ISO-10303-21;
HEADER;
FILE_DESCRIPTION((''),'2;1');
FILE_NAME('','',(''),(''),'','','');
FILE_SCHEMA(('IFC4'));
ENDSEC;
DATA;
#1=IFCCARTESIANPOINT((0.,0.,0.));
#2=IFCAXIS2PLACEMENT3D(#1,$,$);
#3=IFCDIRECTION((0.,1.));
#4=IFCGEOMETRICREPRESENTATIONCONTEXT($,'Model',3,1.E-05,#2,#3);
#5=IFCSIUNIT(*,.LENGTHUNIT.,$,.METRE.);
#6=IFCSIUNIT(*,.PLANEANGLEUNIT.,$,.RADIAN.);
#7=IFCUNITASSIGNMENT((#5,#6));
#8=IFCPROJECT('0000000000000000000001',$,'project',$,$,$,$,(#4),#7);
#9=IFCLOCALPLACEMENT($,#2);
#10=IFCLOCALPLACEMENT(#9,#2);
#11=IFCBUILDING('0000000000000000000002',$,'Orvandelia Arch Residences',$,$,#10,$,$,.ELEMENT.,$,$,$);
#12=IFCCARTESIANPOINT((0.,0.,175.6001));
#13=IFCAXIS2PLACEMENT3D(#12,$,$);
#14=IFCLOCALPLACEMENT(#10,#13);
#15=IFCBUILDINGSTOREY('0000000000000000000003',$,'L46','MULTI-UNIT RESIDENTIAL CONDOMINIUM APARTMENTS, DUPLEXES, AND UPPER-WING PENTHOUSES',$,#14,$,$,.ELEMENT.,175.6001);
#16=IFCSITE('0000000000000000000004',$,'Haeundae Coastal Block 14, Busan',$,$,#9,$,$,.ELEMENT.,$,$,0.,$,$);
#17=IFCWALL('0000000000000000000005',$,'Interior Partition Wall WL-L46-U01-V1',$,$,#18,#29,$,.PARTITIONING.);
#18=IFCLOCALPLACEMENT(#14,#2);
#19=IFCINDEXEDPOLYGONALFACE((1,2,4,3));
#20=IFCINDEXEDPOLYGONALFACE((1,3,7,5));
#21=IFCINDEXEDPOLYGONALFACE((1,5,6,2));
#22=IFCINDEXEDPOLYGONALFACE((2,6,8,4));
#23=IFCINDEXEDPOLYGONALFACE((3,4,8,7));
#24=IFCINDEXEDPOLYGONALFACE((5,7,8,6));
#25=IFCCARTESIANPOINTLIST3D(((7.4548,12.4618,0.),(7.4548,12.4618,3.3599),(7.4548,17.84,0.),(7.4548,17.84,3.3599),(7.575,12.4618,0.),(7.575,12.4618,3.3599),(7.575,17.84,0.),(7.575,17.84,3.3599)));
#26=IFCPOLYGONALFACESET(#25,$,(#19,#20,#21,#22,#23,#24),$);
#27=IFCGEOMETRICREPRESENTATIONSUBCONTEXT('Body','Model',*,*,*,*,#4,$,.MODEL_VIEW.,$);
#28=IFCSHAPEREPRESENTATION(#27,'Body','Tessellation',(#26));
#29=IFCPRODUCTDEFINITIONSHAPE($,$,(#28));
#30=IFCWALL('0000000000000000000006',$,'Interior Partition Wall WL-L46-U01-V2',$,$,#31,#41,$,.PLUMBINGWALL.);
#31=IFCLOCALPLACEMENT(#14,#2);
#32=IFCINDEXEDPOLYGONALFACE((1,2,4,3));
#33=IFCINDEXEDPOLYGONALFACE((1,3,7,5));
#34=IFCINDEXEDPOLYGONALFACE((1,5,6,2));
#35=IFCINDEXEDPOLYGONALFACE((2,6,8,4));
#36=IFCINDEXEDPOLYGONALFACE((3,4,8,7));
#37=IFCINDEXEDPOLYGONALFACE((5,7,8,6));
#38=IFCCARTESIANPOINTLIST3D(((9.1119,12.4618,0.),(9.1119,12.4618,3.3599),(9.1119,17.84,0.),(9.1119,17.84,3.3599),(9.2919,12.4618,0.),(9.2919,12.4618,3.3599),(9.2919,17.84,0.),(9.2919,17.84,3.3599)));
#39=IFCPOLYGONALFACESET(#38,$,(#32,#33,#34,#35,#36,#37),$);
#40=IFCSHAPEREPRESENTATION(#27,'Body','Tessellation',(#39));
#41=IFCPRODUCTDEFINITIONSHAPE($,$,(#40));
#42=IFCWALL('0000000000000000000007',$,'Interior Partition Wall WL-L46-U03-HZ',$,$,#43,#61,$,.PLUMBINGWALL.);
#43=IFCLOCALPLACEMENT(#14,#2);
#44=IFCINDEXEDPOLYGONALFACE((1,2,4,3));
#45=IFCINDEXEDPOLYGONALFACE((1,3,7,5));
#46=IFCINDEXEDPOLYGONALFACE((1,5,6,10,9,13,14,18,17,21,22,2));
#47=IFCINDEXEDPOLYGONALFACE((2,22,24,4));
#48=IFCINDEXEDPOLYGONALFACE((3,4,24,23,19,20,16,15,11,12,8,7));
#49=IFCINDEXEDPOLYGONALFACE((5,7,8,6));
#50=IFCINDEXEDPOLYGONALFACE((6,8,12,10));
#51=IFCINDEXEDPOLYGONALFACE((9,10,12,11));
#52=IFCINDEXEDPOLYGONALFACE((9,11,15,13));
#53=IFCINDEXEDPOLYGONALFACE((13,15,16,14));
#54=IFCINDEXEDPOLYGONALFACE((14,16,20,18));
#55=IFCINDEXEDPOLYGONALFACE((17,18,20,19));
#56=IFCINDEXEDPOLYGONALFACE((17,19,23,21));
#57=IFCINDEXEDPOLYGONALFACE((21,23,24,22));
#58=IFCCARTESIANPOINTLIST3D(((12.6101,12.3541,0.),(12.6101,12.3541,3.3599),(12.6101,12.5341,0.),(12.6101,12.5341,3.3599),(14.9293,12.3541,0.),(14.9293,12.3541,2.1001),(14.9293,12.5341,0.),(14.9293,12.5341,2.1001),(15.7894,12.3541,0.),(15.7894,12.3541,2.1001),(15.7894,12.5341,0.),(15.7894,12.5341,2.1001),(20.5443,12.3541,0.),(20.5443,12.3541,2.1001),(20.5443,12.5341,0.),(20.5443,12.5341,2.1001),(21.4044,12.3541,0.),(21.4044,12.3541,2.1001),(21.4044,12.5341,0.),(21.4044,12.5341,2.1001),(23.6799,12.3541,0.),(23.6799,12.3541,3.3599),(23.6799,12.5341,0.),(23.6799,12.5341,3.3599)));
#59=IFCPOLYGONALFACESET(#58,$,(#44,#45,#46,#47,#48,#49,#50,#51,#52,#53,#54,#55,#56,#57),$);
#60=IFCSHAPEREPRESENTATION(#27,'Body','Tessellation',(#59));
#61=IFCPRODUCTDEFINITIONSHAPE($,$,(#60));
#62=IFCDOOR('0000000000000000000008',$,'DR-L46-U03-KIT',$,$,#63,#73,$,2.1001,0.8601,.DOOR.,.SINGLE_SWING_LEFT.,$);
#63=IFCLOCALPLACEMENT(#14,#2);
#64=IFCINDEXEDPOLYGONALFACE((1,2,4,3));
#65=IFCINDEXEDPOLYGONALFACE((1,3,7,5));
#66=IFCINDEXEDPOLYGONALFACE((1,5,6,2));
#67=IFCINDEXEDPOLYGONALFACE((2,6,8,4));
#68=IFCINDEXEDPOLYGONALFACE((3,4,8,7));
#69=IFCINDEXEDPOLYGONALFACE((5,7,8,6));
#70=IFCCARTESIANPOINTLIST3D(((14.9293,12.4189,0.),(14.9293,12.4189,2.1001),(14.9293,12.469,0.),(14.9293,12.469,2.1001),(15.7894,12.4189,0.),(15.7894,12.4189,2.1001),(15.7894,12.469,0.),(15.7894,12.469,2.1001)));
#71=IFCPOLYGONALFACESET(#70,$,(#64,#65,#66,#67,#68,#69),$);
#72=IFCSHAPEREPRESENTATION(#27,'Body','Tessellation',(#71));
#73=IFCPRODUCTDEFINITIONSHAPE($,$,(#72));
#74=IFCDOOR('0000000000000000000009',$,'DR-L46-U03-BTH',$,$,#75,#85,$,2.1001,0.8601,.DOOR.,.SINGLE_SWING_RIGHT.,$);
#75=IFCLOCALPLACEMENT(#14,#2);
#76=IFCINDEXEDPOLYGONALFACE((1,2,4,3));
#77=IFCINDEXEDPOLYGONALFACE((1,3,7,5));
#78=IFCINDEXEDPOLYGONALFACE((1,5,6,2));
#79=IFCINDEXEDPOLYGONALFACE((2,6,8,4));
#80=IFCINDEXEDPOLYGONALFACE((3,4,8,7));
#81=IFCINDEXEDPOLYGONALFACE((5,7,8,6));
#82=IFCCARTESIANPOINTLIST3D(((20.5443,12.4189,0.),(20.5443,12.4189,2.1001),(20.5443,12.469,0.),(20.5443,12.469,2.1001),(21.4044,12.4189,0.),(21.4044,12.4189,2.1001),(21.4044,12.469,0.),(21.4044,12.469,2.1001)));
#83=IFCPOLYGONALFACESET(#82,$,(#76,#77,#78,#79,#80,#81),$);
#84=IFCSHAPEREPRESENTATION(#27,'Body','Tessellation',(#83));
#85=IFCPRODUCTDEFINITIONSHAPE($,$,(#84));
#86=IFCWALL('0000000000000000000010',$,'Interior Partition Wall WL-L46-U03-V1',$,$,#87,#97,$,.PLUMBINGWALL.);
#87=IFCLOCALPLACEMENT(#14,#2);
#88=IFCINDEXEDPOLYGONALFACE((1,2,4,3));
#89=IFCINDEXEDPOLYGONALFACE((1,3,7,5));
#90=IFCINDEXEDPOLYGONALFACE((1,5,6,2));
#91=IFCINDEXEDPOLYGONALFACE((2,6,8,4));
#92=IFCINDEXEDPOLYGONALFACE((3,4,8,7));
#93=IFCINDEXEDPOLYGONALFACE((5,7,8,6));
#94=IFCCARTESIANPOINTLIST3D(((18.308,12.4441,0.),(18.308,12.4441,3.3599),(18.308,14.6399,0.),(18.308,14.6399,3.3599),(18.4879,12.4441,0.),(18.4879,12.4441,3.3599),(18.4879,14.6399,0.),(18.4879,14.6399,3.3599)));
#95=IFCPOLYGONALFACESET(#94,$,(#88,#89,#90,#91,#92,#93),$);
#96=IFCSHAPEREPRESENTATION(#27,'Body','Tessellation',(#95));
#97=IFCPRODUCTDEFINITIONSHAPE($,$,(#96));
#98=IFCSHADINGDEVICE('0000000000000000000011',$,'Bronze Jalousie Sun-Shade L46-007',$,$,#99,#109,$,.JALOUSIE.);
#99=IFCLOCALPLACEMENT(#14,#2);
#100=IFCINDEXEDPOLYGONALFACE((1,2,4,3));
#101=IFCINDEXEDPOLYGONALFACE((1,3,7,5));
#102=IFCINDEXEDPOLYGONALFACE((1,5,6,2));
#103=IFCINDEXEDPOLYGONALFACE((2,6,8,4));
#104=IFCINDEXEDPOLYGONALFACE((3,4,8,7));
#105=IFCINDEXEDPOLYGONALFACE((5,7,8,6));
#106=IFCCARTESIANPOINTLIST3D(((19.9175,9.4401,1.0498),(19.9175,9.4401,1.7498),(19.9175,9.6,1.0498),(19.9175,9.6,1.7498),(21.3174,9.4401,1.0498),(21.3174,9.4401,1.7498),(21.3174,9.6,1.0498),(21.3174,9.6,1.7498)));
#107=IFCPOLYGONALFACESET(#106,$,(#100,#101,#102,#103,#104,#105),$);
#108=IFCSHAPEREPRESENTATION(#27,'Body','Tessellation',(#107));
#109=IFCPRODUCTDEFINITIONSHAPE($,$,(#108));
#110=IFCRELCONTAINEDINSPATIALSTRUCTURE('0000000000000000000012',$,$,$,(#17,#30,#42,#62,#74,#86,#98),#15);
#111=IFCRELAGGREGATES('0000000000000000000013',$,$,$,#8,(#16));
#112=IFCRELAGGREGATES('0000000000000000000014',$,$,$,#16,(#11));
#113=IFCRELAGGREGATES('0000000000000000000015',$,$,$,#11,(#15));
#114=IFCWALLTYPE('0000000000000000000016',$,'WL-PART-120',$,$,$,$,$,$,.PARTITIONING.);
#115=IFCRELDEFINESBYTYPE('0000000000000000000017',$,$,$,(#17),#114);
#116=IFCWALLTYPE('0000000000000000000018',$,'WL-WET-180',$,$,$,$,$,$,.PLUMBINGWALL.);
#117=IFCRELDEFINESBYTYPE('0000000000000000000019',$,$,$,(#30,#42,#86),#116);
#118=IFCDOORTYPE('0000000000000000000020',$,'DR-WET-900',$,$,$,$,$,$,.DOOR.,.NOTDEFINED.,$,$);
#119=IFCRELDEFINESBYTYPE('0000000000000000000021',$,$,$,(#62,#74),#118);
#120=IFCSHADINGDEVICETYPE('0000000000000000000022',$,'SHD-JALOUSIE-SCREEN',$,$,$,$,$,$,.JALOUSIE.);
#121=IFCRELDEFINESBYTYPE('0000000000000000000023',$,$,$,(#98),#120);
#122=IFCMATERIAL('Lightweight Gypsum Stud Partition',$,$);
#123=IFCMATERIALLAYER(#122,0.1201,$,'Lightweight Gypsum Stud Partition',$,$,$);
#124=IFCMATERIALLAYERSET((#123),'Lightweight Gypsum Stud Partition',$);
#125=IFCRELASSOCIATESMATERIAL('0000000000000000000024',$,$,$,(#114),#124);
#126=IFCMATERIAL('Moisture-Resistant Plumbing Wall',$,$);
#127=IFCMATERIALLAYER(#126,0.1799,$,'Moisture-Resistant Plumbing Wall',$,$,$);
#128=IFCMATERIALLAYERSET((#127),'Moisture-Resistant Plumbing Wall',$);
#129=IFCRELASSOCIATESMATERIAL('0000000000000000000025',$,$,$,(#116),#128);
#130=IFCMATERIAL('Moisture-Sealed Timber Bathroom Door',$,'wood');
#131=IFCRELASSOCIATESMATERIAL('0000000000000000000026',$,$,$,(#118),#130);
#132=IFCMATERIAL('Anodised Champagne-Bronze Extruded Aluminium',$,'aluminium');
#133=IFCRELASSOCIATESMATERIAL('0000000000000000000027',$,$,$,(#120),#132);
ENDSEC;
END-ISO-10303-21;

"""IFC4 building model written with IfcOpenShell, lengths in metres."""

from ifc_helpers import new_model, si_unit, direction, frame, frame_2d, origin, origin_2d, place, context, subcontext, project, spatial, rectangle, extrude, material, layer, layer_set, type_object, element, fill, save


model = new_model("IFC4")

# Units and contexts
model_context = context("Model", 3, precision=1e-05, world=origin(), true_north=direction((0.0, 1.0)))
body_context = subcontext(model_context, "Body", "Model", "MODEL_VIEW")
ifc_project = project(units=[si_unit("LENGTHUNIT", "METRE"), si_unit("PLANEANGLEUNIT", "RADIAN")], contexts=[model_context])

# Site, building, storey
site_placement = place(None, origin())
site = spatial("IfcSite", under=ifc_project, at=site_placement, Name="Haeundae Coastal Block 14, Busan", CompositionType="ELEMENT", RefElevation=0.0)
building_placement = place(site_placement, origin())
building = spatial("IfcBuilding", under=site, at=building_placement, Name="Orvandelia Arch Residences", CompositionType="ELEMENT")
storey_placement = place(building_placement, frame((0.0, 0.0, 175.6001)))
storey = spatial("IfcBuildingStorey", under=building, at=storey_placement, Name="L46", Description="MULTI-UNIT RESIDENTIAL CONDOMINIUM APARTMENTS, DUPLEXES, AND UPPER-WING PENTHOUSES", CompositionType="ELEMENT", Elevation=175.6001)

# Walls
ifc_material_1 = material(Name="Lightweight Gypsum Stud Partition")
ifc_layer_1 = layer(ifc_material_1, 0.1201, Name="Lightweight Gypsum Stud Partition")
ifc_layer_set_1 = layer_set([ifc_layer_1], Name="Lightweight Gypsum Stud Partition")
wall_type_1 = type_object("IfcWallType", Name="WL-PART-120", PredefinedType="PARTITIONING", material=ifc_layer_set_1)
wall_1_placement = place(storey_placement, frame((7.5149, 12.4619, 0.0), z_axis=(0.0, 0.0, 1.0), x_axis=(0.0, 1.0, 0.0)))
element("IfcWall", 1, at=wall_1_placement, inside=storey, type_object=wall_type_1, Name="Interior Partition Wall WL-L46-U01-V1", PredefinedType="PARTITIONING", context=body_context, shape_type="SweptSolid", body=[
    extrude(rectangle(XDim=5.3782, YDim=0.1201, at=frame_2d((2.689, 0.0))), origin(), (0.0, 0.0, 1.0), 3.3599),
])
ifc_material_2 = material(Name="Moisture-Resistant Plumbing Wall")
ifc_layer_2 = layer(ifc_material_2, 0.1799, Name="Moisture-Resistant Plumbing Wall")
ifc_layer_set_2 = layer_set([ifc_layer_2], Name="Moisture-Resistant Plumbing Wall")
wall_type_2 = type_object("IfcWallType", Name="WL-WET-180", PredefinedType="PLUMBINGWALL", material=ifc_layer_set_2)
wall_2_placement = place(storey_placement, frame((9.2019, 12.4619, 0.0), z_axis=(0.0, 0.0, 1.0), x_axis=(0.0, 1.0, 0.0)))
element("IfcWall", 2, at=wall_2_placement, inside=storey, type_object=wall_type_2, Name="Interior Partition Wall WL-L46-U01-V2", PredefinedType="PLUMBINGWALL", context=body_context, shape_type="SweptSolid", body=[
    extrude(rectangle(XDim=5.3782, YDim=0.1799, at=frame_2d((2.689, 0.0))), origin(), (0.0, 0.0, 1.0), 3.3599),
])

# Wall, openings, doors
wall_3_placement = place(storey_placement, frame((12.6101, 12.4441, 0.0), z_axis=(0.0, 0.0, 1.0), x_axis=(1.0, 0.0, 0.0)))
wall_3 = element("IfcWall", 3, at=wall_3_placement, inside=storey, type_object=wall_type_2, Name="Interior Partition Wall WL-L46-U03-HZ", PredefinedType="PLUMBINGWALL", context=body_context, shape_type="SweptSolid", body=[
    extrude(rectangle(XDim=11.0698, YDim=0.1799, at=frame_2d((5.5349, 0.0))), origin(), (0.0, 0.0, 1.0), 3.3599),
])
opening_1_placement = place(wall_3_placement, frame((2.3191, 0.0, 0.0)))
opening_1 = element("IfcOpeningElement", 4, at=opening_1_placement, cuts=wall_3, PredefinedType="OPENING", context=body_context, shape_type="SweptSolid", body=[
    extrude(rectangle(XDim=0.8601, YDim=2.1001, at=frame_2d((0.4302, 1.05))), frame((0.0, 0.1001, 0.0), z_axis=(0.0, -1.0, 0.0), x_axis=(1.0, 0.0, 0.0)), (0.0, 0.0, 1.0), 0.2),
])
opening_2_placement = place(wall_3_placement, frame((7.9341, 0.0, 0.0)))
opening_2 = element("IfcOpeningElement", 5, at=opening_2_placement, cuts=wall_3, PredefinedType="OPENING", context=body_context, shape_type="SweptSolid", body=[
    extrude(rectangle(XDim=0.8601, YDim=2.1001, at=frame_2d((0.4302, 1.05))), frame((0.0, 0.1001, 0.0), z_axis=(0.0, -1.0, 0.0), x_axis=(1.0, 0.0, 0.0)), (0.0, 0.0, 1.0), 0.2),
])
ifc_material_3 = material(Name="Moisture-Sealed Timber Bathroom Door", Category="wood")
door_type_1 = type_object("IfcDoorType", Name="DR-WET-900", OperationType="NOTDEFINED", PredefinedType="DOOR", material=ifc_material_3)
door_1_placement = place(opening_1_placement, origin())
door_1 = element("IfcDoor", 6, at=door_1_placement, inside=storey, type_object=door_type_1, Name="DR-L46-U03-KIT", OperationType="SINGLE_SWING_LEFT", OverallHeight=2.1001, OverallWidth=0.8601, PredefinedType="DOOR", context=body_context, shape_type="SweptSolid", body=[
    extrude(rectangle(XDim=0.8601, YDim=2.1001, at=frame_2d((0.4302, 1.05))), frame((0.0, 0.0249, 0.0), z_axis=(0.0, -1.0, 0.0), x_axis=(1.0, 0.0, 0.0)), (0.0, 0.0, 1.0), 0.05),
])
fill(opening_1, door_1)
door_2_placement = place(opening_2_placement, origin())
door_2 = element("IfcDoor", 7, at=door_2_placement, inside=storey, type_object=door_type_1, Name="DR-L46-U03-BTH", OperationType="SINGLE_SWING_RIGHT", OverallHeight=2.1001, OverallWidth=0.8601, PredefinedType="DOOR", context=body_context, shape_type="SweptSolid", body=[
    extrude(rectangle(XDim=0.8601, YDim=2.1001, at=frame_2d((0.4302, 1.05))), frame((0.0, 0.0249, 0.0), z_axis=(0.0, -1.0, 0.0), x_axis=(1.0, 0.0, 0.0)), (0.0, 0.0, 1.0), 0.05),
])
fill(opening_2, door_2)

# Wall
wall_4_placement = place(storey_placement, frame((18.3979, 12.4441, 0.0), z_axis=(0.0, 0.0, 1.0), x_axis=(0.0, 1.0, 0.0)))
element("IfcWall", 8, at=wall_4_placement, inside=storey, type_object=wall_type_2, Name="Interior Partition Wall WL-L46-U03-V1", PredefinedType="PLUMBINGWALL", context=body_context, shape_type="SweptSolid", body=[
    extrude(rectangle(XDim=2.1958, YDim=0.1799, at=frame_2d((1.0979, 0.0))), origin(), (0.0, 0.0, 1.0), 3.3599),
])

# Shading device
ifc_material_4 = material(Name="Anodised Champagne-Bronze Extruded Aluminium", Category="aluminium")
shading_device_type = type_object("IfcShadingDeviceType", Name="SHD-JALOUSIE-SCREEN", PredefinedType="JALOUSIE", material=ifc_material_4)
shading_device_placement = place(storey_placement, frame((20.6174, 9.52, 1.0498), z_axis=(0.0, 0.0, 1.0), x_axis=(-1.0, 0.0, 0.0)))
element("IfcShadingDevice", 9, at=shading_device_placement, inside=storey, type_object=shading_device_type, Name="Bronze Jalousie Sun-Shade L46-007", PredefinedType="JALOUSIE", context=body_context, shape_type="SweptSolid", body=[
    extrude(rectangle(XDim=1.3999, YDim=0.1599, at=origin_2d()), origin(), (0.0, 0.0, 1.0), 0.7),
])

save(model, "model.ifc")
